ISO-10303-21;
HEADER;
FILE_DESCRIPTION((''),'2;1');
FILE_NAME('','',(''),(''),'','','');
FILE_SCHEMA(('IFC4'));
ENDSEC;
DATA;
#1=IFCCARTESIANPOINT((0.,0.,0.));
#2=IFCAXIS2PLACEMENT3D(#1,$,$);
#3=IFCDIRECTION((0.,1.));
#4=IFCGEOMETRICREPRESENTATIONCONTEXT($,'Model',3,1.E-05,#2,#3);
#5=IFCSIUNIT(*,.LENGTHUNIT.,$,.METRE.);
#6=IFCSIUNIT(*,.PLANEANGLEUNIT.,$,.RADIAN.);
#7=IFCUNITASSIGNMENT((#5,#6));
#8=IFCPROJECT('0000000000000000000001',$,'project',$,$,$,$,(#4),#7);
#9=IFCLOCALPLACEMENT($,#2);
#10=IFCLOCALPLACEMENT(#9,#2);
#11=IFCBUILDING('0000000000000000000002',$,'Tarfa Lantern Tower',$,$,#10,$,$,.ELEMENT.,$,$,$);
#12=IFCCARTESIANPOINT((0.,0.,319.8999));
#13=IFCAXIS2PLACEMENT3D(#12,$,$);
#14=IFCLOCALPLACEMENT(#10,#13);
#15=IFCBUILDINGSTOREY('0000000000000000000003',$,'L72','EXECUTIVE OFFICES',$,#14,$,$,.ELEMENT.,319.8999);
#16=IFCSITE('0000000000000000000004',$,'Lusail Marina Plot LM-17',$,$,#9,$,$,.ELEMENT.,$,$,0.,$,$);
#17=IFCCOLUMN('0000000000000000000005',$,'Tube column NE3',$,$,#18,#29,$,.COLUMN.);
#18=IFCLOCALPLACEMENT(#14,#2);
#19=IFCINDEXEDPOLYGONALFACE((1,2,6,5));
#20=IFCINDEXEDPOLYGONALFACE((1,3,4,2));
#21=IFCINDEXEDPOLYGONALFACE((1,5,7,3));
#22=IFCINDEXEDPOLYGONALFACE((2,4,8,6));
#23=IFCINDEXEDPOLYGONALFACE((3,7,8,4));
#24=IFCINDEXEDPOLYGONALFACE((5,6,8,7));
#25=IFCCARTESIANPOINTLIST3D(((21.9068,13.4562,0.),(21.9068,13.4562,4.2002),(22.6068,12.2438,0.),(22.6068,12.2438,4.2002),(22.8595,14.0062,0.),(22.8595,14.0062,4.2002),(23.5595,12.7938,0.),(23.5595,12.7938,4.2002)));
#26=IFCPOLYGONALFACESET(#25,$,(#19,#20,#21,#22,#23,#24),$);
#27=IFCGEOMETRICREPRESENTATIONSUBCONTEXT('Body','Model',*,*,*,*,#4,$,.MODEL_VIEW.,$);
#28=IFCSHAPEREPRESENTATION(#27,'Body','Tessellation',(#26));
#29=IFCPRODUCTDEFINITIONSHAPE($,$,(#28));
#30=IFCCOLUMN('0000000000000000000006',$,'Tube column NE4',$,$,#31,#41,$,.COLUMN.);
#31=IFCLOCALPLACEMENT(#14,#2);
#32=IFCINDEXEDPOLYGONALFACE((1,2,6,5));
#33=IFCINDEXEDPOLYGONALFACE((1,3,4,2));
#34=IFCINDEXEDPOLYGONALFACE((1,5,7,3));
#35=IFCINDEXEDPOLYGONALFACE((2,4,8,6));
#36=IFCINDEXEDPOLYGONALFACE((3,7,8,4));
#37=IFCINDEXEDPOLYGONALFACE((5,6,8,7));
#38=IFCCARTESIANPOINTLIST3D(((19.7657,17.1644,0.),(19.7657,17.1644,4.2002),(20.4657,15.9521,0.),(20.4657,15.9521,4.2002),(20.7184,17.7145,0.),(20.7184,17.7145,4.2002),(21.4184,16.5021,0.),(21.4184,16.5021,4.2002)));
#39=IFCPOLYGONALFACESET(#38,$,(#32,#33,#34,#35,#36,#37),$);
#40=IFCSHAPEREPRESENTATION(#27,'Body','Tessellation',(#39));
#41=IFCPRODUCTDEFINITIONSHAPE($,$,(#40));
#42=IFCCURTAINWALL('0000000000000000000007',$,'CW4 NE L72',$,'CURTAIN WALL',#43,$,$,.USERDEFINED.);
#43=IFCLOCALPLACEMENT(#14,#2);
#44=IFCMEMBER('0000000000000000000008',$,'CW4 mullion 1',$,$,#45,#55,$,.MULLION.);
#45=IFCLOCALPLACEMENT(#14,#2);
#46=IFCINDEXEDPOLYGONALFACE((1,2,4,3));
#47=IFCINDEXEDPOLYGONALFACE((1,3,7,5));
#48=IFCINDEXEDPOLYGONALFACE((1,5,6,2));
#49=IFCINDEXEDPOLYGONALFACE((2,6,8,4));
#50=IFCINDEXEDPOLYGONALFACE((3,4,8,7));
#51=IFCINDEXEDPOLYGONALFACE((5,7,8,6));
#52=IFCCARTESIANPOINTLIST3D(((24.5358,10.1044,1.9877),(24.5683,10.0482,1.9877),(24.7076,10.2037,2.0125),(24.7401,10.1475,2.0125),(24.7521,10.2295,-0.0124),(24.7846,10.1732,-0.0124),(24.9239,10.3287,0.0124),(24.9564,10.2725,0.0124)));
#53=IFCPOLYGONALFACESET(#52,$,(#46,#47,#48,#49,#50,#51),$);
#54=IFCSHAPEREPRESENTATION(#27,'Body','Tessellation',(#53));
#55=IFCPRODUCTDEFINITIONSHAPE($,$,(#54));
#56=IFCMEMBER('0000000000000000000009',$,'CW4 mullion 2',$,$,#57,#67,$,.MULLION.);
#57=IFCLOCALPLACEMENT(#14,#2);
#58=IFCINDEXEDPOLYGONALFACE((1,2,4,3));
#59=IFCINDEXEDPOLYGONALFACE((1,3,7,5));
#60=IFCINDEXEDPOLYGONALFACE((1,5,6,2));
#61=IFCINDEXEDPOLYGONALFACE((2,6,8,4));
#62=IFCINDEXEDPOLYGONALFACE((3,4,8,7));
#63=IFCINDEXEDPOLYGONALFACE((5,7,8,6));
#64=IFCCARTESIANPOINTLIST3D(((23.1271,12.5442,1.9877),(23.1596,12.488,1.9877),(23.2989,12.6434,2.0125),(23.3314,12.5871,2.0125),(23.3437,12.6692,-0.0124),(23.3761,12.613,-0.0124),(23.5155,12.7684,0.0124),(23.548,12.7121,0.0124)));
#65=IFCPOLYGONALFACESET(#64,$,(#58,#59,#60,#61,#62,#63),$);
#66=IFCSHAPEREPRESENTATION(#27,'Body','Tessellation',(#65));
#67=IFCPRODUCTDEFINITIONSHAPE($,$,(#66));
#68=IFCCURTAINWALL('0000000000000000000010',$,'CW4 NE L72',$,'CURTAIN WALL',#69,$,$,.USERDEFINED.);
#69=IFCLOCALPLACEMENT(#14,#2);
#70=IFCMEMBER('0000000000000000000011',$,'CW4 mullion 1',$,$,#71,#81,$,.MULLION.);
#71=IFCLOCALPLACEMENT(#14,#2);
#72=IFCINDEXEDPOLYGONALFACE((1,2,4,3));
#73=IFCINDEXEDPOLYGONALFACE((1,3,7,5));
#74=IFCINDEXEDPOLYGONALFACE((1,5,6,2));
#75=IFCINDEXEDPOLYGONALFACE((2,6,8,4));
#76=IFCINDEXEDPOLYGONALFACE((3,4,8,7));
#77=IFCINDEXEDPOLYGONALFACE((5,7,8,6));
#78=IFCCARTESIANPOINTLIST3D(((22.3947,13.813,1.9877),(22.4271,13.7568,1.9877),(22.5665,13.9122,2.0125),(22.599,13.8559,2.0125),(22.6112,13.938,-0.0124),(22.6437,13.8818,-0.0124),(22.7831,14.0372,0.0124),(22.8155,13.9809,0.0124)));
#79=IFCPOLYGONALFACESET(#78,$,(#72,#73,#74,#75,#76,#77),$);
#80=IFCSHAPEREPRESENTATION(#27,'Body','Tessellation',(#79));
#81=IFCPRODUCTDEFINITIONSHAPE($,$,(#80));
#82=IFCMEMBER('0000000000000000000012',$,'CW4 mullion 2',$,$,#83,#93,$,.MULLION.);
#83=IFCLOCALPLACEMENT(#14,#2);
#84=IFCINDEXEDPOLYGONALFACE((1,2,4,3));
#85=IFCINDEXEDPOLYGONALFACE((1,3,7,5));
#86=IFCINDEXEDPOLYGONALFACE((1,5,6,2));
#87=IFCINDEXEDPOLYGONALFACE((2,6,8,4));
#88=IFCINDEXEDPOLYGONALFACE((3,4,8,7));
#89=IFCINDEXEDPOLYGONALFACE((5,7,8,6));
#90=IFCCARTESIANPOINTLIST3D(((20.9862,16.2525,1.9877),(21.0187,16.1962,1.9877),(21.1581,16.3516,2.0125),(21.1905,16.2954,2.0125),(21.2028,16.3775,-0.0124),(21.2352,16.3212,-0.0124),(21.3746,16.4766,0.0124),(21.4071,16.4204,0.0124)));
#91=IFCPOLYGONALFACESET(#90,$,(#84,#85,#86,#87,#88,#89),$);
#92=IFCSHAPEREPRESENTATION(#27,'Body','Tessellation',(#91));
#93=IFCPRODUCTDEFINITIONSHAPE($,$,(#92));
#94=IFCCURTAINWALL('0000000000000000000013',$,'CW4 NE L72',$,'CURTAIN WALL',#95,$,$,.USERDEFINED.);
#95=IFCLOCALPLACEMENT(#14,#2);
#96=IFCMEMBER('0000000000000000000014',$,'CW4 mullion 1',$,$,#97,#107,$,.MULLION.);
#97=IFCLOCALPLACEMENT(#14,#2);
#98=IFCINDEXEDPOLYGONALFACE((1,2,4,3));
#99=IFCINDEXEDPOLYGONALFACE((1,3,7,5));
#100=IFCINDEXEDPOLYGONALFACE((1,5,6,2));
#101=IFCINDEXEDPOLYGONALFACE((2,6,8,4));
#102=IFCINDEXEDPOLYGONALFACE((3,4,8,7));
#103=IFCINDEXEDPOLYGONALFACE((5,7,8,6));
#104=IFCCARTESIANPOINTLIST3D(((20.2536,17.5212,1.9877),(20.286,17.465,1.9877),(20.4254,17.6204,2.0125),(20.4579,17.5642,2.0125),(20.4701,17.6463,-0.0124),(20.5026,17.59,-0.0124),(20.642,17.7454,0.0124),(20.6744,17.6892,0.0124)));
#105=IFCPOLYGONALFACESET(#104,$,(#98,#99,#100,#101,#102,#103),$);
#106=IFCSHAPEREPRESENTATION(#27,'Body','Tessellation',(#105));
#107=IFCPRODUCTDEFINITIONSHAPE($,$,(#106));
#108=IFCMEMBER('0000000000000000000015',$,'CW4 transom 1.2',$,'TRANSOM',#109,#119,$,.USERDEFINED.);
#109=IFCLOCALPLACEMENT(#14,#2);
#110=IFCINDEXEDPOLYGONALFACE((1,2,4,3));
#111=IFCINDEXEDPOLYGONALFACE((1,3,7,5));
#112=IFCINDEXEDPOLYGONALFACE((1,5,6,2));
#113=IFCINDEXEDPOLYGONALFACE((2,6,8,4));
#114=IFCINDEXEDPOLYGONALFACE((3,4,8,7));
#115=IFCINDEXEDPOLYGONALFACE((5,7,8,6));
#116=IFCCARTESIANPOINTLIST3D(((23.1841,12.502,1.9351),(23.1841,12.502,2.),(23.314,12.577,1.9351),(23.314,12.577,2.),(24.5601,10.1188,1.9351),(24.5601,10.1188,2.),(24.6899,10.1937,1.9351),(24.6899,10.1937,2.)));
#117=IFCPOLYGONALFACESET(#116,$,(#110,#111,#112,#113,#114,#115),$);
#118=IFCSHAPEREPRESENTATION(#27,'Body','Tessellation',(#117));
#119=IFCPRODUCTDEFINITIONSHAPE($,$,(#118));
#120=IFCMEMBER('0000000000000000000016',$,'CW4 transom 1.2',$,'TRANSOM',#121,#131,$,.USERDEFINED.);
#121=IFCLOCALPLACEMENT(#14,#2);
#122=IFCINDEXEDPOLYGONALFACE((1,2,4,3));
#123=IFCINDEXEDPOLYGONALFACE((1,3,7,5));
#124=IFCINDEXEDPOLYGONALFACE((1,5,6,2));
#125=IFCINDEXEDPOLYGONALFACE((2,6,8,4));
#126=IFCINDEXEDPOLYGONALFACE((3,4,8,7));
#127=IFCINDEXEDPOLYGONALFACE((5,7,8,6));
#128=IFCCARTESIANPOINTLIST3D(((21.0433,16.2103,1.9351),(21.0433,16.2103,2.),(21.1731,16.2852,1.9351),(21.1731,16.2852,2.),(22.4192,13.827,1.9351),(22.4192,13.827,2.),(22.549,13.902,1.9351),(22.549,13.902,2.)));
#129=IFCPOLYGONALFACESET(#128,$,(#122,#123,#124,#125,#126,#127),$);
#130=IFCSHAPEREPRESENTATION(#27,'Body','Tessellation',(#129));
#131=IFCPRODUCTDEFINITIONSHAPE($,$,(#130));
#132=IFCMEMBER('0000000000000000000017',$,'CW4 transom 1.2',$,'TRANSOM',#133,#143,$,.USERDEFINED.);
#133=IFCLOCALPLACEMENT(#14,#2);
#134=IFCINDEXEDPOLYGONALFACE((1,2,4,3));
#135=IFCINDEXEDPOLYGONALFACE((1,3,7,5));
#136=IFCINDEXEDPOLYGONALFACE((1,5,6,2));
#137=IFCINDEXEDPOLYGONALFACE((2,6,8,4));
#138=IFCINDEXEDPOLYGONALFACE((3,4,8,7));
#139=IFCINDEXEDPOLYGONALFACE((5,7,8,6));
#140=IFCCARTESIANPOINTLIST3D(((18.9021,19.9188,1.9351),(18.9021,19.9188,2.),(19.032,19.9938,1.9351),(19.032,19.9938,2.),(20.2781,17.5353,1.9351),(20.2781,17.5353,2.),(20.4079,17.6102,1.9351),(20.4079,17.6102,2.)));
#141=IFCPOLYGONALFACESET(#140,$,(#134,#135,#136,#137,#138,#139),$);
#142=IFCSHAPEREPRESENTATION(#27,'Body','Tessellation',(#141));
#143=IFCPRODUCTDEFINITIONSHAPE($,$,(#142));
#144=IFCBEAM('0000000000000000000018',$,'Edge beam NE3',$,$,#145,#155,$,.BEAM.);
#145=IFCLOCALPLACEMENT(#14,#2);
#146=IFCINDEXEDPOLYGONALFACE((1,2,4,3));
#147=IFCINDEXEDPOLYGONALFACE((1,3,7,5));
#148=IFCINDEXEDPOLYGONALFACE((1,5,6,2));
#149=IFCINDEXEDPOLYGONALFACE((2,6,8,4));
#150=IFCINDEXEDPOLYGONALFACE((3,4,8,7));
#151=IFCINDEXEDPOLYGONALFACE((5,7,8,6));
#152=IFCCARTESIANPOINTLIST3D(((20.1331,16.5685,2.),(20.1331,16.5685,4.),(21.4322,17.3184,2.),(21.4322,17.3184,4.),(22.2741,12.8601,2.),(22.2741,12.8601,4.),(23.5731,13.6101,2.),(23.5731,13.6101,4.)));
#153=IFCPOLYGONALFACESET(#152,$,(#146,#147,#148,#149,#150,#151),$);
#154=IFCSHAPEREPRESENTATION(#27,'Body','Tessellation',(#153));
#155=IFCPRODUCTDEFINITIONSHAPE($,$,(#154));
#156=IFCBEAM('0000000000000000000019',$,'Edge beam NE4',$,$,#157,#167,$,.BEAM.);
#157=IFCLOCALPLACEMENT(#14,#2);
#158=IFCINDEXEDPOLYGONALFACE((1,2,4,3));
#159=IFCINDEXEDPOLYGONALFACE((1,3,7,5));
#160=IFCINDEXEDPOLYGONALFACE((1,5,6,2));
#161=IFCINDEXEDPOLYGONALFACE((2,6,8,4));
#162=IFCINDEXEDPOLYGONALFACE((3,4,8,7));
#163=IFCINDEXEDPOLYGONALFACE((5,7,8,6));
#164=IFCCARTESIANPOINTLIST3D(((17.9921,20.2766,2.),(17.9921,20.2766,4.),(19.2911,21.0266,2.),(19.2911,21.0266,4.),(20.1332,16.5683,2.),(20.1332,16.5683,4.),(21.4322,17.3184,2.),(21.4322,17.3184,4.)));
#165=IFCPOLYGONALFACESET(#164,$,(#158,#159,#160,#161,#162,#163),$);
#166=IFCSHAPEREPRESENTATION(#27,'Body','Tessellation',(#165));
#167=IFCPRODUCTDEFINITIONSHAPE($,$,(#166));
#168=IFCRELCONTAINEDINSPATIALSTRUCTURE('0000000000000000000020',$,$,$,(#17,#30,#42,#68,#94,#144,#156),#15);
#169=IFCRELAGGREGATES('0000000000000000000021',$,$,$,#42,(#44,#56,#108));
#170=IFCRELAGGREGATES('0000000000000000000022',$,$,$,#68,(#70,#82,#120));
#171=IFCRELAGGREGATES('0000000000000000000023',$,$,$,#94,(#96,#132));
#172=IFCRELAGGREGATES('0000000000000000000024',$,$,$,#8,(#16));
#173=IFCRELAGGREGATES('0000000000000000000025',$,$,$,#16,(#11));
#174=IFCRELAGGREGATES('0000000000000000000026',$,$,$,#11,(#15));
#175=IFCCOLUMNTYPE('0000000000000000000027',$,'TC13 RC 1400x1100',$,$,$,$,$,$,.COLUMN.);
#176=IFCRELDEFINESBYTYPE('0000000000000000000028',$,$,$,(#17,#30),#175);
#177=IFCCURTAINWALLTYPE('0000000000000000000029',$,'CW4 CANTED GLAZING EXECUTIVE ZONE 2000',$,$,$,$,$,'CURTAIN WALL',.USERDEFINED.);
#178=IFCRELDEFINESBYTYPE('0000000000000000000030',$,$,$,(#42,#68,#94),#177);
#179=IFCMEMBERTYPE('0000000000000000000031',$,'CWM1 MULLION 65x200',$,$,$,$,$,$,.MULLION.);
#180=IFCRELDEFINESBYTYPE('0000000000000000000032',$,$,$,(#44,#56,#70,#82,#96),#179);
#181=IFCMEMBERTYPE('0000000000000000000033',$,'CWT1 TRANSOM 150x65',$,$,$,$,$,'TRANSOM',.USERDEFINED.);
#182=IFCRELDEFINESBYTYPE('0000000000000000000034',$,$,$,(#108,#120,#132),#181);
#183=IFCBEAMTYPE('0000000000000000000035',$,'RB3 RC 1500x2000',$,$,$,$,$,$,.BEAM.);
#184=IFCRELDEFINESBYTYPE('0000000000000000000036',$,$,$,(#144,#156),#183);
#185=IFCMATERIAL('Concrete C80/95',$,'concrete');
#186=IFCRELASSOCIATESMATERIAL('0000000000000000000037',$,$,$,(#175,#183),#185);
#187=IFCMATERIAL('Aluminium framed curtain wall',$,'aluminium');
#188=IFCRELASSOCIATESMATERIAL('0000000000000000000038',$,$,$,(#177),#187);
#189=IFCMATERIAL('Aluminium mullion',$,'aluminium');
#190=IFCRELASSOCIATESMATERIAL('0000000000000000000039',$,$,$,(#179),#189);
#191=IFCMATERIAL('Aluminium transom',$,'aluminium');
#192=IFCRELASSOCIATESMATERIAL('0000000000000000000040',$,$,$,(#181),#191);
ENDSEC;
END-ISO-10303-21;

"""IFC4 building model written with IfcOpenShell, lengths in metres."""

from ifc_helpers import new_model, si_unit, direction, frame, origin, origin_2d, place, context, subcontext, project, spatial, rectangle, extrude, material, material_profile, profile_set, type_object, element, aggregate, save


model = new_model("IFC4")

# Units and contexts
model_context = context("Model", 3, precision=1e-05, world=origin(), true_north=direction((0.0, 1.0)))
body_context = subcontext(model_context, "Body", "Model", "MODEL_VIEW")
ifc_project = project(units=[si_unit("LENGTHUNIT", "METRE"), si_unit("PLANEANGLEUNIT", "RADIAN")], contexts=[model_context])

# Site, building, storey
site_placement = place(None, origin())
site = spatial("IfcSite", under=ifc_project, at=site_placement, Name="Lusail Marina Plot LM-17", CompositionType="ELEMENT", RefElevation=0.0)
building_placement = place(site_placement, origin())
building = spatial("IfcBuilding", under=site, at=building_placement, Name="Tarfa Lantern Tower", CompositionType="ELEMENT")
storey_placement = place(building_placement, frame((0.0, 0.0, 319.8999)))
storey = spatial("IfcBuildingStorey", under=building, at=storey_placement, Name="L72", Description="EXECUTIVE OFFICES", CompositionType="ELEMENT", Elevation=319.8999)

# Columns
ifc_material_1 = material(Name="Concrete C80/95", Category="concrete")
ifc_material_profile_1 = material_profile(ifc_material_1, rectangle(XDim=1.3999, YDim=1.1001, at=origin_2d()), Name="RC 1400x1100")
ifc_profile_set_1 = profile_set([ifc_material_profile_1], Name="Concrete C80/95")
column_type = type_object("IfcColumnType", Name="TC13 RC 1400x1100", PredefinedType="COLUMN", material=ifc_profile_set_1)
for number, where, z_axis, x_axis, name in (
    (1, (22.7332, 13.125, 0.0), (0.0, 0.0, 1.0), (-0.5, 0.866025, 0.0), "Tube column NE3"),
    (2, (20.592, 16.8333, 0.0), (0.0, 0.0, 1.0), (-0.5, 0.866025, 0.0), "Tube column NE4"),
):
    element("IfcColumn", number, at=place(storey_placement, frame(where, z_axis=z_axis, x_axis=x_axis)), inside=storey, type_object=column_type, Name=name, PredefinedType="COLUMN", context=body_context, shape_type="SweptSolid", body=[
        extrude(rectangle(XDim=1.3999, YDim=1.1001, at=origin_2d()), origin(), (0.0, 0.0, 1.0), 4.2002),
    ])

# Curtain walls, members
ifc_material_2 = material(Name="Aluminium framed curtain wall", Category="aluminium")
curtain_wall_type = type_object("IfcCurtainWallType", Name="CW4 CANTED GLAZING EXECUTIVE ZONE 2000", ElementType="CURTAIN WALL", PredefinedType="USERDEFINED", material=ifc_material_2)
curtain_wall_1_placement = place(storey_placement, origin())
curtain_wall_1 = element("IfcCurtainWall", 3, at=curtain_wall_1_placement, inside=storey, type_object=curtain_wall_type, Name="CW4 NE L72", ObjectType="CURTAIN WALL", PredefinedType="USERDEFINED")
ifc_material_3 = material(Name="Aluminium mullion", Category="aluminium")
ifc_material_profile_2 = material_profile(ifc_material_3, rectangle(XDim=0.0649, YDim=0.2, at=origin_2d()), Name="AL MULLION 65x200")
ifc_profile_set_2 = profile_set([ifc_material_profile_2], Name="Aluminium mullion")
member_type_1 = type_object("IfcMemberType", Name="CWM1 MULLION 65x200", PredefinedType="MULLION", material=ifc_profile_set_2)
member_1_placement = place(storey_placement, frame((24.8542, 10.251, 0.0), z_axis=(-0.10732, -0.062018, 0.992288), x_axis=(0.500343, -0.865827, 0.0)))
member_1 = element("IfcMember", 4, at=member_1_placement, type_object=member_type_1, Name="CW4 mullion 1", PredefinedType="MULLION", context=body_context, shape_type="SweptSolid", body=[
    extrude(rectangle(XDim=0.0649, YDim=0.2, at=origin_2d()), origin(), (0.0, 0.0, 1.0), 2.0156),
])
member_2_placement = place(storey_placement, frame((23.4458, 12.6907, 0.0), z_axis=(-0.10744, -0.062017, 0.992275), x_axis=(0.49992, -0.866072, 0.0)))
member_2 = element("IfcMember", 5, at=member_2_placement, type_object=member_type_1, Name="CW4 mullion 2", PredefinedType="MULLION", context=body_context, shape_type="SweptSolid", body=[
    extrude(rectangle(XDim=0.0649, YDim=0.2, at=origin_2d()), origin(), (0.0, 0.0, 1.0), 2.0156),
])
curtain_wall_2_placement = place(storey_placement, origin())
curtain_wall_2 = element("IfcCurtainWall", 6, at=curtain_wall_2_placement, inside=storey, type_object=curtain_wall_type, Name="CW4 NE L72", ObjectType="CURTAIN WALL", PredefinedType="USERDEFINED")
member_3_placement = place(storey_placement, frame((22.7134, 13.9595, 0.0), z_axis=(-0.10744, -0.062017, 0.992275), x_axis=(0.49992, -0.866072, 0.0)))
member_3 = element("IfcMember", 7, at=member_3_placement, type_object=member_type_1, Name="CW4 mullion 1", PredefinedType="MULLION", context=body_context, shape_type="SweptSolid", body=[
    extrude(rectangle(XDim=0.0649, YDim=0.2, at=origin_2d()), origin(), (0.0, 0.0, 1.0), 2.0156),
])
member_4_placement = place(storey_placement, frame((21.3049, 16.3989, 0.0), z_axis=(-0.10744, -0.062017, 0.992275), x_axis=(0.49992, -0.866072, 0.0)))
member_4 = element("IfcMember", 8, at=member_4_placement, type_object=member_type_1, Name="CW4 mullion 2", PredefinedType="MULLION", context=body_context, shape_type="SweptSolid", body=[
    extrude(rectangle(XDim=0.0649, YDim=0.2, at=origin_2d()), origin(), (0.0, 0.0, 1.0), 2.0156),
])

# Curtain wall, member
curtain_wall_3_placement = place(storey_placement, origin())
curtain_wall_3 = element("IfcCurtainWall", 9, at=curtain_wall_3_placement, inside=storey, type_object=curtain_wall_type, Name="CW4 NE L72", ObjectType="CURTAIN WALL", PredefinedType="USERDEFINED")
member_5_placement = place(storey_placement, frame((20.5723, 17.6677, 0.0), z_axis=(-0.10744, -0.062017, 0.992275), x_axis=(0.49992, -0.866072, 0.0)))
member_5 = element("IfcMember", 10, at=member_5_placement, type_object=member_type_1, Name="CW4 mullion 1", PredefinedType="MULLION", context=body_context, shape_type="SweptSolid", body=[
    extrude(rectangle(XDim=0.0649, YDim=0.2, at=origin_2d()), origin(), (0.0, 0.0, 1.0), 2.0156),
])

# Members
ifc_material_4 = material(Name="Aluminium transom", Category="aluminium")
ifc_material_profile_3 = material_profile(ifc_material_4, rectangle(XDim=0.1499, YDim=0.0649, at=origin_2d()), Name="AL TRANSOM 150x65")
ifc_profile_set_3 = profile_set([ifc_material_profile_3], Name="Aluminium transom")
member_type_2 = type_object("IfcMemberType", Name="CWT1 TRANSOM 150x65", ElementType="TRANSOM", PredefinedType="USERDEFINED", material=ifc_profile_set_3)
member_6_placement = place(storey_placement, frame((24.625, 10.1562, 1.9675), z_axis=(-0.499994, 0.866029, 0.0), x_axis=(-0.866029, -0.499994, 0.0)))
member_6 = element("IfcMember", 11, at=member_6_placement, type_object=member_type_2, Name="CW4 transom 1.2", ObjectType="TRANSOM", PredefinedType="USERDEFINED", context=body_context, shape_type="SweptSolid", body=[
    extrude(rectangle(XDim=0.1499, YDim=0.0649, at=origin_2d()), origin(), (0.0, 0.0, 1.0), 2.752),
])
member_7_placement = place(storey_placement, frame((22.4841, 13.8645, 1.9675), z_axis=(-0.499994, 0.866029, 0.0), x_axis=(-0.866029, -0.499994, 0.0)))
member_7 = element("IfcMember", 12, at=member_7_placement, type_object=member_type_2, Name="CW4 transom 1.2", ObjectType="TRANSOM", PredefinedType="USERDEFINED", context=body_context, shape_type="SweptSolid", body=[
    extrude(rectangle(XDim=0.1499, YDim=0.0649, at=origin_2d()), origin(), (0.0, 0.0, 1.0), 2.752),
])
member_8_placement = place(storey_placement, frame((20.343, 17.5728, 1.9675), z_axis=(-0.499955, 0.866051, 0.0), x_axis=(-0.866051, -0.499955, 0.0)))
member_8 = element("IfcMember", 13, at=member_8_placement, type_object=member_type_2, Name="CW4 transom 1.2", ObjectType="TRANSOM", PredefinedType="USERDEFINED", context=body_context, shape_type="SweptSolid", body=[
    extrude(rectangle(XDim=0.1499, YDim=0.0649, at=origin_2d()), origin(), (0.0, 0.0, 1.0), 2.7522),
])

# Beams
ifc_material_profile_4 = material_profile(ifc_material_1, rectangle(XDim=1.5, YDim=2.0, at=origin_2d()), Name="RC 1500x2000")
ifc_profile_set_4 = profile_set([ifc_material_profile_4], Name="Concrete C80/95")
beam_type_1 = type_object("IfcBeamType", Name="RB3 RC 1500x2000", PredefinedType="BEAM", material=ifc_profile_set_4)
for number, where, z_axis, x_axis, name in (
    (14, (22.9236, 13.2351, 3.0), (-0.499984, 0.866035, 0.0), (-0.866035, -0.499984, 0.0), "Edge beam NE3"),
    (15, (20.7827, 16.9434, 3.0), (-0.500027, 0.86601, 0.0), (-0.86601, -0.500027, 0.0), "Edge beam NE4"),
):
    element("IfcBeam", number, at=place(storey_placement, frame(where, z_axis=z_axis, x_axis=x_axis)), inside=storey, type_object=beam_type_1, Name=name, PredefinedType="BEAM", context=body_context, shape_type="SweptSolid", body=[
        extrude(rectangle(XDim=1.5, YDim=2.0, at=origin_2d()), origin(), (0.0, 0.0, 1.0), 4.282),
    ])

aggregate(curtain_wall_1, [member_1, member_2, member_6])
aggregate(curtain_wall_2, [member_3, member_4, member_7])
aggregate(curtain_wall_3, [member_5, member_8])

save(model, "model.ifc")
